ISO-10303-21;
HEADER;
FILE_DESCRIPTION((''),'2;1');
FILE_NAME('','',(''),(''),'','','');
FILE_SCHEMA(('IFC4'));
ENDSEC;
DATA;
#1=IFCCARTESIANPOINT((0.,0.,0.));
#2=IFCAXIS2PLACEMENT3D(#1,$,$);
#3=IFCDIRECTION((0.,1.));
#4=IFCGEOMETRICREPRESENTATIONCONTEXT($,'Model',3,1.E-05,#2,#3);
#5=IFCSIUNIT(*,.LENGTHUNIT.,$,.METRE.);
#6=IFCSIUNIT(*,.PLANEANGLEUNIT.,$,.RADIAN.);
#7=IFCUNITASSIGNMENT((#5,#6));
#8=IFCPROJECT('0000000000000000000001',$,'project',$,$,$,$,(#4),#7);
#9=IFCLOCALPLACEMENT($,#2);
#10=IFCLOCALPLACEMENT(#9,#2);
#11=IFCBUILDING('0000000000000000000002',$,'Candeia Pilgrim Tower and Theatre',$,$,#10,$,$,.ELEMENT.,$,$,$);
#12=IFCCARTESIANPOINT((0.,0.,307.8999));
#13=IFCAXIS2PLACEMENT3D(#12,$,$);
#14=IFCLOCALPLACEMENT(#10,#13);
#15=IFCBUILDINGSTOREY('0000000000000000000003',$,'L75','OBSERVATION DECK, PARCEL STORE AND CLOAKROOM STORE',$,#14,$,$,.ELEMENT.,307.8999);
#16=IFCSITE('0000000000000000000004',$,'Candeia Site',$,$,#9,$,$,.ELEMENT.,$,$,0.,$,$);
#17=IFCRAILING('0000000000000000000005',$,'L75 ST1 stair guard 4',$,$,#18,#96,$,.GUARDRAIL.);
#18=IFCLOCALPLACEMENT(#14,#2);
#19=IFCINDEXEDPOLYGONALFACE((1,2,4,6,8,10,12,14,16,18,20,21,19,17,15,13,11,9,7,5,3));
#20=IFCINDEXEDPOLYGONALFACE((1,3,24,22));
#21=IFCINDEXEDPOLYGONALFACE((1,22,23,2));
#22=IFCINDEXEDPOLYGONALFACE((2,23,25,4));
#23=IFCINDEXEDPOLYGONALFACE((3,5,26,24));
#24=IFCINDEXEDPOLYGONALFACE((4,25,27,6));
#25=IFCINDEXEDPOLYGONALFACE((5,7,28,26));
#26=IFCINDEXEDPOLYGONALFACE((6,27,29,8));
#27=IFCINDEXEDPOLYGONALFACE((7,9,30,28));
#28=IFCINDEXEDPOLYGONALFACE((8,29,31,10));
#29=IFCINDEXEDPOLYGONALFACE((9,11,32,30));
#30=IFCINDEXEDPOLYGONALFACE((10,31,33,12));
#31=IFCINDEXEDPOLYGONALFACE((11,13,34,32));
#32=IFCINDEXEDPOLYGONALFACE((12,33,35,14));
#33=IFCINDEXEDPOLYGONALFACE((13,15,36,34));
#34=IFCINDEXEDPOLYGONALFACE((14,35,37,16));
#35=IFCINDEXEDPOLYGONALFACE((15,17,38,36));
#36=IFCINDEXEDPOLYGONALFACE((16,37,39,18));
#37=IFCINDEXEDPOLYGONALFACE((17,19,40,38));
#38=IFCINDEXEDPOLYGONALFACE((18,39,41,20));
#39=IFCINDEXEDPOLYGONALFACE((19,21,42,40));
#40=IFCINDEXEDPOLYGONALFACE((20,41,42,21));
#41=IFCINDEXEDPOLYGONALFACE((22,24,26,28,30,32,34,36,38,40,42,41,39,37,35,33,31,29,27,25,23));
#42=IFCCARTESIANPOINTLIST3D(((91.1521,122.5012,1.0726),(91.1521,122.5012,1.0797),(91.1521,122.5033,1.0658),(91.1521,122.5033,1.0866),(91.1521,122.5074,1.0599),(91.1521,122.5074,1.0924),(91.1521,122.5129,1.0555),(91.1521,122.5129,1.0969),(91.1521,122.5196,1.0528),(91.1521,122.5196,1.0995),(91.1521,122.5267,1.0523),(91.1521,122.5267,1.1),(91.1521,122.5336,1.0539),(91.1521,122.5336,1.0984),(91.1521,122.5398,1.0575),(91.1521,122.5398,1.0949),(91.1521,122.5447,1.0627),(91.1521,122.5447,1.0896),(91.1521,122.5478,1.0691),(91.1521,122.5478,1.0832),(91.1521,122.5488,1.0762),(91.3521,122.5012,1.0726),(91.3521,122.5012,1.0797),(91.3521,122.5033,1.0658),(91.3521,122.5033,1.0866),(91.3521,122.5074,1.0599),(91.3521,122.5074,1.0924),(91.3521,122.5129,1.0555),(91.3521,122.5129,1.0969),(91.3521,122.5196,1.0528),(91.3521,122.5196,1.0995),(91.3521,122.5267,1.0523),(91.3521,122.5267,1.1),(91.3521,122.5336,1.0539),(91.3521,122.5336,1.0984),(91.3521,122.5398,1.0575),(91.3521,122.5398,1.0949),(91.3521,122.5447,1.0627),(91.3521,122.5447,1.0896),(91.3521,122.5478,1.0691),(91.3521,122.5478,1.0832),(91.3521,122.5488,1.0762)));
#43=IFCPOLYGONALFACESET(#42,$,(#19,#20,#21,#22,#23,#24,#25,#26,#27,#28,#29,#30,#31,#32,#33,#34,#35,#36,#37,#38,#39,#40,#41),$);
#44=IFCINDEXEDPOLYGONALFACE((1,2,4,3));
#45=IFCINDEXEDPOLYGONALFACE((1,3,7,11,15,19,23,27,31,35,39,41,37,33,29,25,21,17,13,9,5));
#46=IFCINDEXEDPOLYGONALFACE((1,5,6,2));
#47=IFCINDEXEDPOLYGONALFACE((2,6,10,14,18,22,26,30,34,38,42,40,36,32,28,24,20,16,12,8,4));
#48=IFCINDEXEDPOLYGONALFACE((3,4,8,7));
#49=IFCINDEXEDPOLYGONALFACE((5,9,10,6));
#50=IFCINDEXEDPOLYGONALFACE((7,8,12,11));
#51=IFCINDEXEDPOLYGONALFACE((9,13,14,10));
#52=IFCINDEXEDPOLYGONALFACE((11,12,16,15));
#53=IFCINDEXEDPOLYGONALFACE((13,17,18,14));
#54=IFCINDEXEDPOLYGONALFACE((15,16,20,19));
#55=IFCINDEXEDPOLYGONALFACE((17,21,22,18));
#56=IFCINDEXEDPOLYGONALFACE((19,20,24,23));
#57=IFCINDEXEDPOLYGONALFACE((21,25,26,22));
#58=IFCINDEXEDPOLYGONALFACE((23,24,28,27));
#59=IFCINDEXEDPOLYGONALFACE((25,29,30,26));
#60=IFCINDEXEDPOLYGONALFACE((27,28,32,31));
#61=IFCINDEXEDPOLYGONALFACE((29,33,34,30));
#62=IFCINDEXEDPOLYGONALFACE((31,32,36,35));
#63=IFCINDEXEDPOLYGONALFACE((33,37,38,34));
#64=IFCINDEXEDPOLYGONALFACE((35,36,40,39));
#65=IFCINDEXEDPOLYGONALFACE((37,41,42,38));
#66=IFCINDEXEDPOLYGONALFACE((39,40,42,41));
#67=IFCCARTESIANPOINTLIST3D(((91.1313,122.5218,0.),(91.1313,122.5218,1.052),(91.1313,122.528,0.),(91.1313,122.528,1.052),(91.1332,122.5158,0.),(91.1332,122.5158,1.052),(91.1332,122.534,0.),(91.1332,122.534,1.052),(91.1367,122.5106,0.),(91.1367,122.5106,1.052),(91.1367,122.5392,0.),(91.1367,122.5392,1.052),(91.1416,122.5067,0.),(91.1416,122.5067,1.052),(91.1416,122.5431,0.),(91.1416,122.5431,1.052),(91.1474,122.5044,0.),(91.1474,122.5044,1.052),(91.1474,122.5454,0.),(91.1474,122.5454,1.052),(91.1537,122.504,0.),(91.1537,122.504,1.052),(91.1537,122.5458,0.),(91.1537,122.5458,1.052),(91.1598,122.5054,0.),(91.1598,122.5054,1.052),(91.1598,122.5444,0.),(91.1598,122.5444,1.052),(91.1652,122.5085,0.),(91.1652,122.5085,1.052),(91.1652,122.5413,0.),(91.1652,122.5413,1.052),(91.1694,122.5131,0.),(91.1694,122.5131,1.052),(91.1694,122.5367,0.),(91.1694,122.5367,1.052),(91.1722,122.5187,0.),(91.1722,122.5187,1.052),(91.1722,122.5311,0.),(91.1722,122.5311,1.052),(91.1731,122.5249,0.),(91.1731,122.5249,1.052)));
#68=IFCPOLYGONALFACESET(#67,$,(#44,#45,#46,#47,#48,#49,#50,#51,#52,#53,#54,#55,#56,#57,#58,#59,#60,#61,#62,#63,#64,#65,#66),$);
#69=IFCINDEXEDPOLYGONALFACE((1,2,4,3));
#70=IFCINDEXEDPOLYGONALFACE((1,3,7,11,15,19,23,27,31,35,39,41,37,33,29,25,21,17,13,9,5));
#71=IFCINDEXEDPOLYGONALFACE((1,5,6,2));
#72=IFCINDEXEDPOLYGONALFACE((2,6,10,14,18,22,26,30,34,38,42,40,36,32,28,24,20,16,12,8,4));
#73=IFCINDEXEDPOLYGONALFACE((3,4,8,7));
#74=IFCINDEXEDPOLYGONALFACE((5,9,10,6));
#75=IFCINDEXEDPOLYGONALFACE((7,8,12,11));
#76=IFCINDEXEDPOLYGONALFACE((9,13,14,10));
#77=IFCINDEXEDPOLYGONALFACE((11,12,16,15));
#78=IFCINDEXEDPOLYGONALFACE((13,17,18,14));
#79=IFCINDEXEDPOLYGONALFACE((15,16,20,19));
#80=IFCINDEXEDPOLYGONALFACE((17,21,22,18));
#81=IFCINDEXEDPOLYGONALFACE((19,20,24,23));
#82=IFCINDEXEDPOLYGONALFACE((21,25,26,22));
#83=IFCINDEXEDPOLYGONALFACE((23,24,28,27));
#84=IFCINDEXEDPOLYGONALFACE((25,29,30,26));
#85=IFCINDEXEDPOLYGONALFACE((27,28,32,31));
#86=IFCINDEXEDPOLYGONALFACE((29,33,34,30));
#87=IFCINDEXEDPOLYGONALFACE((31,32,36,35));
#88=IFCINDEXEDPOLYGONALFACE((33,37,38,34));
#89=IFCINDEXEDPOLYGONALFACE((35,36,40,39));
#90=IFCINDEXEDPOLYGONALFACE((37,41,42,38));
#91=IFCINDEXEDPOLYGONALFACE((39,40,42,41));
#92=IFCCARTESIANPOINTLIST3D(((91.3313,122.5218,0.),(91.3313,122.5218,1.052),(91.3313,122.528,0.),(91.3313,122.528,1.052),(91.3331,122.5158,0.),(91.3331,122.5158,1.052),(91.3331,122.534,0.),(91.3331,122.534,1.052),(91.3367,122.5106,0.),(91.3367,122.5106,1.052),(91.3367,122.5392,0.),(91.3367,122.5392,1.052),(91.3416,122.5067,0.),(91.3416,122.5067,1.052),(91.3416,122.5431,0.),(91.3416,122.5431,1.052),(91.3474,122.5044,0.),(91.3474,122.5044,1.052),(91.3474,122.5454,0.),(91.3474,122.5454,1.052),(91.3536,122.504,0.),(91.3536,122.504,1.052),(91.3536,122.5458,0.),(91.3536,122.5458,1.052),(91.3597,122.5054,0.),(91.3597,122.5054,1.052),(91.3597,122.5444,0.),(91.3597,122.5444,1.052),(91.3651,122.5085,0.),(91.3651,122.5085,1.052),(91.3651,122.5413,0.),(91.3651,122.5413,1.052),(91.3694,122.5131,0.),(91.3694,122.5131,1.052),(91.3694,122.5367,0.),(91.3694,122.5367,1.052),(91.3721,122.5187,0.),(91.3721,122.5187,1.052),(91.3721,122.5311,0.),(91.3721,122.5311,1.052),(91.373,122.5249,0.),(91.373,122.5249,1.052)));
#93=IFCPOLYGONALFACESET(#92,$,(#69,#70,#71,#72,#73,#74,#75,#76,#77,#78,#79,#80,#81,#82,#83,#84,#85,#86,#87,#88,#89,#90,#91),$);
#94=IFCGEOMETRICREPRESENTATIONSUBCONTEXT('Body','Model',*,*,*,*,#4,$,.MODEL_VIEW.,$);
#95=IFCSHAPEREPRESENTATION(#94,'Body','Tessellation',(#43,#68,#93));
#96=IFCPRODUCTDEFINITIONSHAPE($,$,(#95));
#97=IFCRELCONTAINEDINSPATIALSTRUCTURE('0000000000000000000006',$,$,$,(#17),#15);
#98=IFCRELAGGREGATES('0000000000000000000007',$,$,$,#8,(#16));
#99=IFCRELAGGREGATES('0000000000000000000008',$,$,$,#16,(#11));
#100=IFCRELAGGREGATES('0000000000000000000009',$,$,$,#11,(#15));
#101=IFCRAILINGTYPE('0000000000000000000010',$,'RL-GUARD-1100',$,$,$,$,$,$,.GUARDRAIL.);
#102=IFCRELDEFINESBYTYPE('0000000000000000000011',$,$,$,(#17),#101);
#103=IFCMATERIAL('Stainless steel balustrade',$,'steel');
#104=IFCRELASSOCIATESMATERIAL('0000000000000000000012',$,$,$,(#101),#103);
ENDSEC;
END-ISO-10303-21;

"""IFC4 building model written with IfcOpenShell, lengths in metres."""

from ifc_helpers import new_model, si_unit, direction, frame, origin, origin_2d, place, context, subcontext, project, spatial, circle, extrude, material, type_object, element, save


model = new_model("IFC4")

# Units and contexts
model_context = context("Model", 3, precision=1e-05, world=origin(), true_north=direction((0.0, 1.0)))
body_context = subcontext(model_context, "Body", "Model", "MODEL_VIEW")
ifc_project = project(units=[si_unit("LENGTHUNIT", "METRE"), si_unit("PLANEANGLEUNIT", "RADIAN")], contexts=[model_context])

# Site, building, storey
site_placement = place(None, origin())
site = spatial("IfcSite", under=ifc_project, at=site_placement, Name="Candeia Site", CompositionType="ELEMENT", RefElevation=0.0)
building_placement = place(site_placement, origin())
building = spatial("IfcBuilding", under=site, at=building_placement, Name="Candeia Pilgrim Tower and Theatre", CompositionType="ELEMENT")
storey_placement = place(building_placement, frame((0.0, 0.0, 307.8999)))
storey = spatial("IfcBuildingStorey", under=building, at=storey_placement, Name="L75", Description="OBSERVATION DECK, PARCEL STORE AND CLOAKROOM STORE", CompositionType="ELEMENT", Elevation=307.8999)

# Railing
ifc_material_1 = material(Name="Stainless steel balustrade", Category="steel")
railing_type_1 = type_object("IfcRailingType", Name="RL-GUARD-1100", PredefinedType="GUARDRAIL", material=ifc_material_1)
railing_1_placement = place(storey_placement, frame((91.1521, 122.5249, 0.0)))
element("IfcRailing", 1, at=railing_1_placement, inside=storey, type_object=railing_type_1, Name="L75 ST1 stair guard 4", PredefinedType="GUARDRAIL", context=body_context, shape_type="SweptSolid", body=[
    extrude(circle(Radius=0.0239, at=origin_2d()), frame((0.0, 0.0, 1.0762), z_axis=(1.0, 0.0, 0.0), x_axis=(0.0, 1.0, 0.0)), (0.0, 0.0, 1.0), 0.2),
    extrude(circle(Radius=0.021, at=origin_2d()), origin(), (0.0, 0.0, 1.0), 1.052),
    extrude(circle(Radius=0.021, at=origin_2d()), frame((0.2, 0.0, 0.0)), (0.0, 0.0, 1.0), 1.052),
])

save(model, "model.ifc")
